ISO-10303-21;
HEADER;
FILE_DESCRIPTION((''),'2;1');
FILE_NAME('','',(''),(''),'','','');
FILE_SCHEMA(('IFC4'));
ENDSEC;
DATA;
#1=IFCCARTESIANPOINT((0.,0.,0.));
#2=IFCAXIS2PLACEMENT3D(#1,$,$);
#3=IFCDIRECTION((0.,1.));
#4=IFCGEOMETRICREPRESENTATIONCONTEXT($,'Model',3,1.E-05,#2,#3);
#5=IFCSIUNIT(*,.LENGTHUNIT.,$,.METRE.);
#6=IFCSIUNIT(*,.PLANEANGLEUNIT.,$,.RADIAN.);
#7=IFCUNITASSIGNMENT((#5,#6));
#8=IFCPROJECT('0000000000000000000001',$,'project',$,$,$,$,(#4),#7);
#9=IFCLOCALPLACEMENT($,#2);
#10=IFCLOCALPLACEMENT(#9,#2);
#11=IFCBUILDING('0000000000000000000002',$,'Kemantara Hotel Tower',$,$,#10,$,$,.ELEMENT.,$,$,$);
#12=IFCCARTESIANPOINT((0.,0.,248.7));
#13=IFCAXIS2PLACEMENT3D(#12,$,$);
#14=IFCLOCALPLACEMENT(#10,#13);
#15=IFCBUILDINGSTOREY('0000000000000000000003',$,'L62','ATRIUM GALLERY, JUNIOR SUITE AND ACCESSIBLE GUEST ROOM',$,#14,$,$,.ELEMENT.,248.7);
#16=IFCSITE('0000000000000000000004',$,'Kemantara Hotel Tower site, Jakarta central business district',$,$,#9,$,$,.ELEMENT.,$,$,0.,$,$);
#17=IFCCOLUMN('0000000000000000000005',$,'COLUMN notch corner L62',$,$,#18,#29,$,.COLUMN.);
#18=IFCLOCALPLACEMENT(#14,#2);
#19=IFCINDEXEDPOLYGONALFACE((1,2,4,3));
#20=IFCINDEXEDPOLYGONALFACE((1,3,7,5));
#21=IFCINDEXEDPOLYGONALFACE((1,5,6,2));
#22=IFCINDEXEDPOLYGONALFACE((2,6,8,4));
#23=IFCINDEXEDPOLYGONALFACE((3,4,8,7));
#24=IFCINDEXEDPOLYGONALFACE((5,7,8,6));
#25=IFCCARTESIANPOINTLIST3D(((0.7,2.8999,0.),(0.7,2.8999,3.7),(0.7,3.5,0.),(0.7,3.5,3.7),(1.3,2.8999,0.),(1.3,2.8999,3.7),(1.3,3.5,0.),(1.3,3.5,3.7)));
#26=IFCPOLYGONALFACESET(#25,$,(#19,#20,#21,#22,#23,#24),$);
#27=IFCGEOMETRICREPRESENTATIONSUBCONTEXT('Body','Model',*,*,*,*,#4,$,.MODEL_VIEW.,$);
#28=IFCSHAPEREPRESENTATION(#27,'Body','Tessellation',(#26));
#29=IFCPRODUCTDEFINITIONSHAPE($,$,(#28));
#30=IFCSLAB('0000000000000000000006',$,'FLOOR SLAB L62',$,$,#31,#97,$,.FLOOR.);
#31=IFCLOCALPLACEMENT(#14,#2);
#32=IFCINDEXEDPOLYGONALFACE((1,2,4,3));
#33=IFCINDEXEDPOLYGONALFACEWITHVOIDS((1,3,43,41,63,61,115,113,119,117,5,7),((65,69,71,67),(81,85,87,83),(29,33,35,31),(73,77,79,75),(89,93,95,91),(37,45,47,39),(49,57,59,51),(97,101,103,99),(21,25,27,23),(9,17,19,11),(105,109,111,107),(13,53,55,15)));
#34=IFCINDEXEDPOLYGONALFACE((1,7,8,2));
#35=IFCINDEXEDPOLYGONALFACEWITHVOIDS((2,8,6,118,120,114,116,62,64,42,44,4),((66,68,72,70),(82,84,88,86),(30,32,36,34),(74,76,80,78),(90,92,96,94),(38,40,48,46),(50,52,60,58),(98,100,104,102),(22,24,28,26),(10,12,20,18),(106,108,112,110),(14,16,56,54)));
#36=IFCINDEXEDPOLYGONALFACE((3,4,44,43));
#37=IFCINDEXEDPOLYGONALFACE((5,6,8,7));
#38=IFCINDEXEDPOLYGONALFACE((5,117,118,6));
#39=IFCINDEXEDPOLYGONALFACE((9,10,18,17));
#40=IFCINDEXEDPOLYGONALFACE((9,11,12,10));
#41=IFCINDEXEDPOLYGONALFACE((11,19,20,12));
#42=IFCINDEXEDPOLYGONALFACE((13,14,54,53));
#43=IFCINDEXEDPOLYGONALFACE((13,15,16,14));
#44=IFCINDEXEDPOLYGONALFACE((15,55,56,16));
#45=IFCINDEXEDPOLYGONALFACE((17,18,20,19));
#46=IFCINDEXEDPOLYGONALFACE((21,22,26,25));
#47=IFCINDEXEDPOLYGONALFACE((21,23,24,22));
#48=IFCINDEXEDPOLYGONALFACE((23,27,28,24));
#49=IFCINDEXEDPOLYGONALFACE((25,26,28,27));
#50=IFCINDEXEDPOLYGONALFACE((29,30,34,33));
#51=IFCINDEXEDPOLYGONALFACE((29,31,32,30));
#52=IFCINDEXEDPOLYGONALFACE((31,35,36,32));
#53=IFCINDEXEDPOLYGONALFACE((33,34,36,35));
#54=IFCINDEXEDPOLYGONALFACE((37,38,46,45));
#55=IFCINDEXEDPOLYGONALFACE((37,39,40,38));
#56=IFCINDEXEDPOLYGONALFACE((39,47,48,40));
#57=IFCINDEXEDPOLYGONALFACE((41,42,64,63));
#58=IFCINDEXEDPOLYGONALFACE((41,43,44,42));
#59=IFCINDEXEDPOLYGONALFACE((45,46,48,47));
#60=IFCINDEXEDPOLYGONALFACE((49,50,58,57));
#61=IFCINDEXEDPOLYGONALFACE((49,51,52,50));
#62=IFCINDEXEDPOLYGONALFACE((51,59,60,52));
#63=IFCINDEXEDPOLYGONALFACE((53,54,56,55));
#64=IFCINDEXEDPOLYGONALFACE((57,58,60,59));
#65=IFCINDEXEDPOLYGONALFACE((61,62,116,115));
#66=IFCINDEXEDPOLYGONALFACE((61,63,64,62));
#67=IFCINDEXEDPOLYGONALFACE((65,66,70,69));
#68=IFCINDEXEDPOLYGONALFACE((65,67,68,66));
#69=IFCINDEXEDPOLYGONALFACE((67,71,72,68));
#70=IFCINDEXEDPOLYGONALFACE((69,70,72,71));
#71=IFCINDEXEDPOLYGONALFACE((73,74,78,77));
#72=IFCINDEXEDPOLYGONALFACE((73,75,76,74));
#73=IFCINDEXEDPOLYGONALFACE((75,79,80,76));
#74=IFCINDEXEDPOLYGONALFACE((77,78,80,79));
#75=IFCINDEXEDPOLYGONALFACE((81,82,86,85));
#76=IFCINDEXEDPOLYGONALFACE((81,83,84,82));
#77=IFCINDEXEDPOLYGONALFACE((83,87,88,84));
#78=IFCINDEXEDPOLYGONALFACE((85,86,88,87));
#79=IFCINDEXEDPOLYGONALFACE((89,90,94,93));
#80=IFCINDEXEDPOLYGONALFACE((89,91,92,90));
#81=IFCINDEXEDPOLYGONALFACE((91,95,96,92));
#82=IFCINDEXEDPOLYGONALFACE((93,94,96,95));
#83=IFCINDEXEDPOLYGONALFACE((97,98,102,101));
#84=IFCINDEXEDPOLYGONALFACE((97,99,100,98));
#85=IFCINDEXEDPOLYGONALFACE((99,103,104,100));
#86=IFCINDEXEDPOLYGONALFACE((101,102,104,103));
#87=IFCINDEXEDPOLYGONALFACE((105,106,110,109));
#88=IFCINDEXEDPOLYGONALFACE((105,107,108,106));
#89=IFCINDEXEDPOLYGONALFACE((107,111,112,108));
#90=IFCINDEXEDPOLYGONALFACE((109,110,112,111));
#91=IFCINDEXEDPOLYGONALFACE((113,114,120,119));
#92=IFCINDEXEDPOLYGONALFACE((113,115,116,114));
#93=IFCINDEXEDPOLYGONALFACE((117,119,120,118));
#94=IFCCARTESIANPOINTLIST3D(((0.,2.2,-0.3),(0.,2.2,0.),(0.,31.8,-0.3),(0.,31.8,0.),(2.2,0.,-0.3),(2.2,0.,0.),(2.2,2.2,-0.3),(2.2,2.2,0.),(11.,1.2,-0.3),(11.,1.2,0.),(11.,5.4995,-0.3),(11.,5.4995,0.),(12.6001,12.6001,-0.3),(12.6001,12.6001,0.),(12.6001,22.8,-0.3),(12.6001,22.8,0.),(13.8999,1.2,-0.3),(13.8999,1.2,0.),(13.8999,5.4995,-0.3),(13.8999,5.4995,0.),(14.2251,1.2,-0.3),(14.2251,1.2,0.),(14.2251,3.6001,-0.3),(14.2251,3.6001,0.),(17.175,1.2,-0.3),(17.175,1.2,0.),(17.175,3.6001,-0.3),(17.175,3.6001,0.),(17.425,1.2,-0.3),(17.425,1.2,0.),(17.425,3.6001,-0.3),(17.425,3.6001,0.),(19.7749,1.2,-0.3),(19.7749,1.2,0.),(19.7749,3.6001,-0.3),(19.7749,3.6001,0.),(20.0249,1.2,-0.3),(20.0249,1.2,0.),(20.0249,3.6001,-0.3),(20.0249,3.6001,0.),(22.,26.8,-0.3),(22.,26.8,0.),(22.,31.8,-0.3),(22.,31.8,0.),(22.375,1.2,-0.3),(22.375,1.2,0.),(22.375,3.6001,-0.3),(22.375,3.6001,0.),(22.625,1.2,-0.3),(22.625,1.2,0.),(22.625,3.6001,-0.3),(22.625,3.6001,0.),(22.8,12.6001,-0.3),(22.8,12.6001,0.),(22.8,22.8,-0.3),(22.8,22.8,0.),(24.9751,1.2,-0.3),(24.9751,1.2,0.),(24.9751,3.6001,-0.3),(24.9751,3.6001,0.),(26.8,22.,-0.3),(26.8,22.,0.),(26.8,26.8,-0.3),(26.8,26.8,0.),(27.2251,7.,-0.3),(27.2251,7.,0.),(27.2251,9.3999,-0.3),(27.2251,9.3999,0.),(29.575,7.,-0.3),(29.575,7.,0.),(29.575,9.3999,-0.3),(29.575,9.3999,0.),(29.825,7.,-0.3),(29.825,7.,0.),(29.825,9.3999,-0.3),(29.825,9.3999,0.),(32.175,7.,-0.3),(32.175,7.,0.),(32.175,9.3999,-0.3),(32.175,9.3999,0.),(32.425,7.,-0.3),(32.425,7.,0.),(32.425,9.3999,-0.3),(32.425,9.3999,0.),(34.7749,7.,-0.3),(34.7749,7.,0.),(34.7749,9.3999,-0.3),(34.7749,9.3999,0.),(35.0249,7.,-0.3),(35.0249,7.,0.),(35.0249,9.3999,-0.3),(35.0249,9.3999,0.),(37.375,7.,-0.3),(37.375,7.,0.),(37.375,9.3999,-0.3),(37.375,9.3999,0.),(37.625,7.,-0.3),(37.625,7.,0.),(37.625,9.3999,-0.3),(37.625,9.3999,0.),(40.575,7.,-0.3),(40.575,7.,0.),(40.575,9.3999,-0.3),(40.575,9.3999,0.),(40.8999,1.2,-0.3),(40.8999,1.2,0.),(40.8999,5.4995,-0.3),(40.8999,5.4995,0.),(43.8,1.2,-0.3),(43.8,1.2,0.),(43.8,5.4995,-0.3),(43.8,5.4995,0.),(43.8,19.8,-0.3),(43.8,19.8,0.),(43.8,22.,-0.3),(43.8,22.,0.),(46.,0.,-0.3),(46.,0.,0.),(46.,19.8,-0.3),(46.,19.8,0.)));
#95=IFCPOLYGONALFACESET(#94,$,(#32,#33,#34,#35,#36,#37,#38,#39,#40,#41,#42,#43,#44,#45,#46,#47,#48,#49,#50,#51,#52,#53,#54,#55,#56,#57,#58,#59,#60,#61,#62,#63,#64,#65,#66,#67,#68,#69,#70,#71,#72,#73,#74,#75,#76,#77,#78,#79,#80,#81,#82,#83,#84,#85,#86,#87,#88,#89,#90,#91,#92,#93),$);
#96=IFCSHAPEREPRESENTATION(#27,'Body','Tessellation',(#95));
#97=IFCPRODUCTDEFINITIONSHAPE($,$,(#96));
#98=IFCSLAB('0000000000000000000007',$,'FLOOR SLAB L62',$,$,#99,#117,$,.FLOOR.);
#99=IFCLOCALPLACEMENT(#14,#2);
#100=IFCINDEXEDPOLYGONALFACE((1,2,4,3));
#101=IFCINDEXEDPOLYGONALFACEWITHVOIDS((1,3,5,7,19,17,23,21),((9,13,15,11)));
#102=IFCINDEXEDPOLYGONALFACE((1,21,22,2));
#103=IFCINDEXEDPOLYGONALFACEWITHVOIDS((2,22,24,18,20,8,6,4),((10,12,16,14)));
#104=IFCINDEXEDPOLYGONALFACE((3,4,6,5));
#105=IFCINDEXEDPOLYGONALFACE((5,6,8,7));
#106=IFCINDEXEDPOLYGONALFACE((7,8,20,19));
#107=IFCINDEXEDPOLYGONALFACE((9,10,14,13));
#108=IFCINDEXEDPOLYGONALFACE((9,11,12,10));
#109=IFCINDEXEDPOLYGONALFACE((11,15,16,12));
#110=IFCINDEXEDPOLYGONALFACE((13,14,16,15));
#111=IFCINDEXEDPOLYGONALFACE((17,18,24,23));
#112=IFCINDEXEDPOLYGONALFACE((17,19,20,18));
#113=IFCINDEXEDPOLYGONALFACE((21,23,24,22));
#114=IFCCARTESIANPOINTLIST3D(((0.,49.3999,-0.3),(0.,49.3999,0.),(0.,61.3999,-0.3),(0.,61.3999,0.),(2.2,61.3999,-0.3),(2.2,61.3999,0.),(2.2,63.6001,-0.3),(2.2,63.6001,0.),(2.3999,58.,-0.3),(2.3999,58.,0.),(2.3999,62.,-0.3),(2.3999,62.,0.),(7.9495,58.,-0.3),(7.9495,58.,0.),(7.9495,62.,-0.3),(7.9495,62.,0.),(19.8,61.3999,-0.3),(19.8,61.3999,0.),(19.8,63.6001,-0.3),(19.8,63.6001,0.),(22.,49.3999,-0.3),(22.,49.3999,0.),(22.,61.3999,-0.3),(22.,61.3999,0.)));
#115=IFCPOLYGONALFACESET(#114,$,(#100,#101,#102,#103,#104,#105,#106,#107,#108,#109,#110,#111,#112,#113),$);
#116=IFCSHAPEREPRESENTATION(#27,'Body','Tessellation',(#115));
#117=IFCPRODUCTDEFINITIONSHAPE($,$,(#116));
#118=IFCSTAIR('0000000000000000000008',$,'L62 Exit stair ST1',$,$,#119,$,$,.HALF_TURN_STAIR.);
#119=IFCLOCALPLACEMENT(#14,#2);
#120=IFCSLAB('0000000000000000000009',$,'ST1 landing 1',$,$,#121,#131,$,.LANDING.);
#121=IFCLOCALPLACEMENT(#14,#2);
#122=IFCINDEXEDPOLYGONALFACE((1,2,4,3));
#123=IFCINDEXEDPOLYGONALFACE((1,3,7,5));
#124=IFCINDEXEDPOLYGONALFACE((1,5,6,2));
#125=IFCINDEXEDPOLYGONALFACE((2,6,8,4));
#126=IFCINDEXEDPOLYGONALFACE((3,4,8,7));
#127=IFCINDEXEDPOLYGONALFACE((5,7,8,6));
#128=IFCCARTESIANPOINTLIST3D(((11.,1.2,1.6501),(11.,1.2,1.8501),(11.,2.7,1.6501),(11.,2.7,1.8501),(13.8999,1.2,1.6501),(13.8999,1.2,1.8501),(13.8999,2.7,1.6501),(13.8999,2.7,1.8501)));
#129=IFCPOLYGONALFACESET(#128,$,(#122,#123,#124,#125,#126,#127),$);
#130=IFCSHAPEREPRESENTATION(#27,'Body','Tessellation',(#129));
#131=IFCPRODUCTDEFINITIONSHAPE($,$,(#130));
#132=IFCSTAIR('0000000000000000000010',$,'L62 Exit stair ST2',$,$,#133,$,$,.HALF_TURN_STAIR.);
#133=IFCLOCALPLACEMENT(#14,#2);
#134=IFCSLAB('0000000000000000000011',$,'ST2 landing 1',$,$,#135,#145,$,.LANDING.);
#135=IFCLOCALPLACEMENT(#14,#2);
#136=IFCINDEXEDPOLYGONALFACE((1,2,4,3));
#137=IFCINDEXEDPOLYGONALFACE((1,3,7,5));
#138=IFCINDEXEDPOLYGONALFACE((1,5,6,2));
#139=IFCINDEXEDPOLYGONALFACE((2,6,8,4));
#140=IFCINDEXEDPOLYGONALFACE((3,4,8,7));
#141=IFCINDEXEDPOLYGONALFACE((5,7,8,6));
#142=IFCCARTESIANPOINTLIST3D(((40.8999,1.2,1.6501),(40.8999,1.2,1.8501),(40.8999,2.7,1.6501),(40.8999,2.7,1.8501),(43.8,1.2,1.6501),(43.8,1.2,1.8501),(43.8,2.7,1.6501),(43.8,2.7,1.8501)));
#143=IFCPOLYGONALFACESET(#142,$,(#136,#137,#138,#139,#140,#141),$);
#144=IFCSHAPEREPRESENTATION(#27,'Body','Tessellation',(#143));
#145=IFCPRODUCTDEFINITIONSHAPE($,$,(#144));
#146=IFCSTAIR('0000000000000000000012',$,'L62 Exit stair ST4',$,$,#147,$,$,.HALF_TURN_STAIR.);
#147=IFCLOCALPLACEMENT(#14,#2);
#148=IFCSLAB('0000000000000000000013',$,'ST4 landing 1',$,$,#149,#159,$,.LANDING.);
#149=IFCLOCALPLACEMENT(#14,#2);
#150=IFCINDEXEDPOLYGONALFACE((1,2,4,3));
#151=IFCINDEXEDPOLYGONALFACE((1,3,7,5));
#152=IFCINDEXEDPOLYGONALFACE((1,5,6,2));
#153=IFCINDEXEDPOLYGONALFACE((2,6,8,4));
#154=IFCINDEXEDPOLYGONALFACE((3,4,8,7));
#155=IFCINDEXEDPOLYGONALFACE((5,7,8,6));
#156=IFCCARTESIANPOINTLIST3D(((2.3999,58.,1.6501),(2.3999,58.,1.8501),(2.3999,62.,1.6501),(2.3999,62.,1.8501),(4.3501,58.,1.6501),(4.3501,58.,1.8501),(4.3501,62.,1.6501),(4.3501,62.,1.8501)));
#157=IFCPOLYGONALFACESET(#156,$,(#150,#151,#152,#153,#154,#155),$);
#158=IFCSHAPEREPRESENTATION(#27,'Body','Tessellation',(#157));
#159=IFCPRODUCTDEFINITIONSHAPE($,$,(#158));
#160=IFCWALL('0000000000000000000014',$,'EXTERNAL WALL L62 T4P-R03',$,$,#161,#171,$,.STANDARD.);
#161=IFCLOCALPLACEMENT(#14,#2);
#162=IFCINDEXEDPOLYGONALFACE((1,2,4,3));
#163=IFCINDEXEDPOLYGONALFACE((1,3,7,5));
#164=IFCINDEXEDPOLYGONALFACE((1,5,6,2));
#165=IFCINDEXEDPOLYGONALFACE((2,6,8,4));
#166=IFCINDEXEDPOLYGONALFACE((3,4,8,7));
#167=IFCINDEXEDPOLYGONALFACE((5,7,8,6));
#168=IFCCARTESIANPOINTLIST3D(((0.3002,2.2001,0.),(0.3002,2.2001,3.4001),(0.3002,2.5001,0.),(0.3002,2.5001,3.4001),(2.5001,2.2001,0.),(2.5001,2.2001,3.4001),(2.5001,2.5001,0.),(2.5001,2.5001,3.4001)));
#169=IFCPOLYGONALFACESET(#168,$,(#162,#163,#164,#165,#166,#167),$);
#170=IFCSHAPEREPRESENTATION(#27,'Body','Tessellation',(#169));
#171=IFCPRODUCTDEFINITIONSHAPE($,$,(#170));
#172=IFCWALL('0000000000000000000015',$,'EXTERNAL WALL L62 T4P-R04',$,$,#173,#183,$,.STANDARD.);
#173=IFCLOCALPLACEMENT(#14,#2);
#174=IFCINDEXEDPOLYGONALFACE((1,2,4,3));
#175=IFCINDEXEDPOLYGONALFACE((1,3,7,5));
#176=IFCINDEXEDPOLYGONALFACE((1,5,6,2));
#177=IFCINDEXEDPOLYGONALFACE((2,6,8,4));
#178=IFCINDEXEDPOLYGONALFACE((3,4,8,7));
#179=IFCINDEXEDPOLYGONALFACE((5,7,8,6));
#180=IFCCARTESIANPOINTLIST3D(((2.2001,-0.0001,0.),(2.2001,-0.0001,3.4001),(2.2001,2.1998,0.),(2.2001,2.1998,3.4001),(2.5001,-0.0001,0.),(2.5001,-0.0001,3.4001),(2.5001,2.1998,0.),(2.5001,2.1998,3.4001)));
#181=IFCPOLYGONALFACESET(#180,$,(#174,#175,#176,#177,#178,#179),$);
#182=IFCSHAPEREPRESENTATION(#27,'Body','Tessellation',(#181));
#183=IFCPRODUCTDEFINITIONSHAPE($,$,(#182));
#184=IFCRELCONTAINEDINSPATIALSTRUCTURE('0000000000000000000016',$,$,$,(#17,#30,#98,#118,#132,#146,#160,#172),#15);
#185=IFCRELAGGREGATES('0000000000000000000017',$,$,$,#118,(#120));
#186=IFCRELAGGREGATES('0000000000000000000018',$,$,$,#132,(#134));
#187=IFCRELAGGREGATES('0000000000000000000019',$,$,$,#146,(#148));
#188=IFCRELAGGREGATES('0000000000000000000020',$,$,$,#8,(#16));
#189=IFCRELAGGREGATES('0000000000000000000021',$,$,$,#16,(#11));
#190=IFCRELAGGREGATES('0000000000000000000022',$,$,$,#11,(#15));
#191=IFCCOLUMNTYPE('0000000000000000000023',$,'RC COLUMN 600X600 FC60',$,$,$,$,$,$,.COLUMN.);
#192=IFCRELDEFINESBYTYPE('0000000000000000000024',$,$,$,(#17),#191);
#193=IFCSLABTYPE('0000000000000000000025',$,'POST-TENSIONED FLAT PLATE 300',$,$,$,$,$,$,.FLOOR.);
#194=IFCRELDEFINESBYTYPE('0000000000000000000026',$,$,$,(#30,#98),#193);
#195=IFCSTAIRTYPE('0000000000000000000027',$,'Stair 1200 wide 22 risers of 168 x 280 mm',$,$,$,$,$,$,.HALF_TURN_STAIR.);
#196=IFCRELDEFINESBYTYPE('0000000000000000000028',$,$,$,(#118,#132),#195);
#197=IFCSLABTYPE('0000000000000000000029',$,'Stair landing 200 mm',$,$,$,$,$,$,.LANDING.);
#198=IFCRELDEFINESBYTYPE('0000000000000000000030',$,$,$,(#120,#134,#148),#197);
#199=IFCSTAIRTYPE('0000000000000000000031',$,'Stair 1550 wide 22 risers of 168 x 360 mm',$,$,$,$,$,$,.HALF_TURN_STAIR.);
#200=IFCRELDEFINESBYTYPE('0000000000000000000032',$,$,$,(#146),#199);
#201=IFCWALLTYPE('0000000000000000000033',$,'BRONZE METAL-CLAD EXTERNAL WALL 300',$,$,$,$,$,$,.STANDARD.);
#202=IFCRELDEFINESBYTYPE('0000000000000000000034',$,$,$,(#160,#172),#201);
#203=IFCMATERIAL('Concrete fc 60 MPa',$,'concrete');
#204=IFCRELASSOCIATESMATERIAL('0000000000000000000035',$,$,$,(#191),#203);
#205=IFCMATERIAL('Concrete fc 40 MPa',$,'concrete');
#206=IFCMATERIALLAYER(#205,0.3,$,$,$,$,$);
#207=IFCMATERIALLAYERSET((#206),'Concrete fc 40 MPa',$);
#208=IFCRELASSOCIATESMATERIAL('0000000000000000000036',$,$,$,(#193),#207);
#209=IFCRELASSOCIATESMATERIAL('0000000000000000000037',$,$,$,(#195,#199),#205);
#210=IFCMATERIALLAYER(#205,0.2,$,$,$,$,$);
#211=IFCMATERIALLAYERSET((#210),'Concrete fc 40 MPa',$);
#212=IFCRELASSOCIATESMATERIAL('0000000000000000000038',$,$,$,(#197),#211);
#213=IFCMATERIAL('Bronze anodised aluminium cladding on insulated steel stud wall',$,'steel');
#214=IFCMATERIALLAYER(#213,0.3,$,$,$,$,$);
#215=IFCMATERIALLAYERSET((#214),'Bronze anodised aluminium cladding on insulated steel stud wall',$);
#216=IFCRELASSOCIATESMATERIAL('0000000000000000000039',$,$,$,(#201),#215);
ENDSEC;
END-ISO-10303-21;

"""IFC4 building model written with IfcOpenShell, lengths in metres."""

from ifc_helpers import new_model, si_unit, direction, frame, frame_2d, origin, origin_2d, place, context, subcontext, project, spatial, polyline, rectangle, outline, extrude, material, layer, layer_set, material_profile, profile_set, type_object, element, aggregate, save


model = new_model("IFC4")

# Units and contexts
model_context = context("Model", 3, precision=1e-05, world=origin(), true_north=direction((0.0, 1.0)))
body_context = subcontext(model_context, "Body", "Model", "MODEL_VIEW")
ifc_project = project(units=[si_unit("LENGTHUNIT", "METRE"), si_unit("PLANEANGLEUNIT", "RADIAN")], contexts=[model_context])

# Site, building, storey
site_placement = place(None, origin())
site = spatial("IfcSite", under=ifc_project, at=site_placement, Name="Kemantara Hotel Tower site, Jakarta central business district", CompositionType="ELEMENT", RefElevation=0.0)
building_placement = place(site_placement, origin())
building = spatial("IfcBuilding", under=site, at=building_placement, Name="Kemantara Hotel Tower", CompositionType="ELEMENT")
storey_placement = place(building_placement, frame((0.0, 0.0, 248.7)))
storey = spatial("IfcBuildingStorey", under=building, at=storey_placement, Name="L62", Description="ATRIUM GALLERY, JUNIOR SUITE AND ACCESSIBLE GUEST ROOM", CompositionType="ELEMENT", Elevation=248.7)

# Column
ifc_material_1 = material(Name="Concrete fc 60 MPa", Category="concrete")
ifc_material_profile = material_profile(ifc_material_1, rectangle(XDim=0.6001, YDim=0.6001, at=origin_2d()), Name="RC 600X600")
ifc_profile_set = profile_set([ifc_material_profile], Name="Concrete fc 60 MPa")
column_type = type_object("IfcColumnType", Name="RC COLUMN 600X600 FC60", PredefinedType="COLUMN", material=ifc_profile_set)
column_placement = place(storey_placement, frame((1.0, 3.2, 0.0), z_axis=(0.0, 0.0, 1.0), x_axis=(1.0, 0.0, 0.0)))
element("IfcColumn", 1, at=column_placement, inside=storey, type_object=column_type, Name="COLUMN notch corner L62", PredefinedType="COLUMN", context=body_context, shape_type="SweptSolid", body=[
    extrude(rectangle(XDim=0.6001, YDim=0.6001, at=origin_2d()), origin(), (0.0, 0.0, 1.0), 3.7),
])

# Slabs
ifc_material_2 = material(Name="Concrete fc 40 MPa", Category="concrete")
ifc_layer_1 = layer(ifc_material_2, 0.3)
ifc_layer_set_1 = layer_set([ifc_layer_1], Name="Concrete fc 40 MPa")
slab_type_1 = type_object("IfcSlabType", Name="POST-TENSIONED FLAT PLATE 300", PredefinedType="FLOOR", material=ifc_layer_set_1)
slab_1_placement = place(storey_placement, frame((0.0, 0.0, -0.3)))
element("IfcSlab", 2, at=slab_1_placement, inside=storey, type_object=slab_type_1, Name="FLOOR SLAB L62", PredefinedType="FLOOR", context=body_context, shape_type="SweptSolid", body=[
    extrude(outline(polyline([(26.8, 22.0), (26.8, 26.8), (22.0, 26.8), (22.0, 31.8), (0.0, 31.8), (0.0, 2.2), (2.2, 2.2), (2.2, 0.0), (46.0, 0.0), (46.0, 19.8), (43.8, 19.8), (43.8, 22.0), (26.8, 22.0)]), holes=[polyline([(17.175, 3.6001), (17.175, 1.2), (14.2251, 1.2), (14.2251, 3.6001), (17.175, 3.6001)]), polyline([(19.7749, 1.2), (17.425, 1.2), (17.425, 3.6001), (19.7749, 3.6001), (19.7749, 1.2)]), polyline([(22.375, 1.2), (20.0249, 1.2), (20.0249, 3.6001), (22.375, 3.6001), (22.375, 1.2)]), polyline([(24.9751, 3.6001), (24.9751, 1.2), (22.625, 1.2), (22.625, 3.6001), (24.9751, 3.6001)]), polyline([(11.0, 1.2), (11.0, 5.4995), (13.8999, 5.4995), (13.8999, 1.2), (11.0, 1.2)]), polyline([(22.8, 12.6001), (12.6001, 12.6001), (12.6001, 22.8), (22.8, 22.8), (22.8, 12.6001)]), polyline([(40.8999, 1.2), (40.8999, 5.4995), (43.8, 5.4995), (43.8, 1.2), (40.8999, 1.2)]), polyline([(29.575, 7.0), (27.2251, 7.0), (27.2251, 9.3999), (29.575, 9.3999), (29.575, 7.0)]), polyline([(32.175, 7.0), (29.825, 7.0), (29.825, 9.3999), (32.175, 9.3999), (32.175, 7.0)]), polyline([(34.7749, 7.0), (32.425, 7.0), (32.425, 9.3999), (34.7749, 9.3999), (34.7749, 7.0)]), polyline([(37.375, 7.0), (35.0249, 7.0), (35.0249, 9.3999), (37.375, 9.3999), (37.375, 7.0)]), polyline([(40.575, 7.0), (37.625, 7.0), (37.625, 9.3999), (40.575, 9.3999), (40.575, 7.0)])]), origin(), (0.0, 0.0, 1.0), 0.3),
])
slab_2_placement = place(storey_placement, frame((0.0, 0.0, -0.3)))
element("IfcSlab", 3, at=slab_2_placement, inside=storey, type_object=slab_type_1, Name="FLOOR SLAB L62", PredefinedType="FLOOR", context=body_context, shape_type="SweptSolid", body=[
    extrude(outline(polyline([(2.2, 61.3999), (0.0, 61.3999), (0.0, 49.3999), (22.0, 49.3999), (22.0, 61.3999), (19.8, 61.3999), (19.8, 63.6001), (2.2, 63.6001), (2.2, 61.3999)]), holes=[polyline([(2.3999, 58.0), (2.3999, 62.0), (7.9495, 62.0), (7.9495, 58.0), (2.3999, 58.0)])]), origin(), (0.0, 0.0, 1.0), 0.3),
])

# Stairs, slabs
stair_type_1 = type_object("IfcStairType", Name="Stair 1200 wide 22 risers of 168 x 280 mm", PredefinedType="HALF_TURN_STAIR", material=ifc_material_2)
stair_1_placement = place(storey_placement, origin())
stair_1 = element("IfcStair", 4, at=stair_1_placement, inside=storey, type_object=stair_type_1, Name="L62 Exit stair ST1", PredefinedType="HALF_TURN_STAIR")
ifc_layer_2 = layer(ifc_material_2, 0.2)
ifc_layer_set_2 = layer_set([ifc_layer_2], Name="Concrete fc 40 MPa")
slab_type_2 = type_object("IfcSlabType", Name="Stair landing 200 mm", PredefinedType="LANDING", material=ifc_layer_set_2)
slab_3_placement = place(storey_placement, frame((0.0, 0.0, 1.6501)))
slab_3 = element("IfcSlab", 5, at=slab_3_placement, type_object=slab_type_2, Name="ST1 landing 1", PredefinedType="LANDING", context=body_context, shape_type="SweptSolid", body=[
    extrude(outline(polyline([(11.0, 2.7), (11.0, 1.2), (13.8999, 1.2), (13.8999, 2.7), (11.0, 2.7)])), origin(), (0.0, 0.0, 1.0), 0.2),
])
aggregate(stair_1, [slab_3])
stair_2_placement = place(storey_placement, origin())
stair_2 = element("IfcStair", 6, at=stair_2_placement, inside=storey, type_object=stair_type_1, Name="L62 Exit stair ST2", PredefinedType="HALF_TURN_STAIR")
slab_4_placement = place(storey_placement, frame((0.0, 0.0, 1.6501)))
slab_4 = element("IfcSlab", 7, at=slab_4_placement, type_object=slab_type_2, Name="ST2 landing 1", PredefinedType="LANDING", context=body_context, shape_type="SweptSolid", body=[
    extrude(outline(polyline([(40.8999, 2.7), (40.8999, 1.2), (43.8, 1.2), (43.8, 2.7), (40.8999, 2.7)])), origin(), (0.0, 0.0, 1.0), 0.2),
])
aggregate(stair_2, [slab_4])
stair_type_2 = type_object("IfcStairType", Name="Stair 1550 wide 22 risers of 168 x 360 mm", PredefinedType="HALF_TURN_STAIR", material=ifc_material_2)
stair_3_placement = place(storey_placement, origin())
stair_3 = element("IfcStair", 8, at=stair_3_placement, inside=storey, type_object=stair_type_2, Name="L62 Exit stair ST4", PredefinedType="HALF_TURN_STAIR")
slab_5_placement = place(storey_placement, frame((0.0, 0.0, 1.6501)))
slab_5 = element("IfcSlab", 9, at=slab_5_placement, type_object=slab_type_2, Name="ST4 landing 1", PredefinedType="LANDING", context=body_context, shape_type="SweptSolid", body=[
    extrude(outline(polyline([(4.3501, 62.0), (2.3999, 62.0), (2.3999, 58.0), (4.3501, 58.0), (4.3501, 62.0)])), origin(), (0.0, 0.0, 1.0), 0.2),
])
aggregate(stair_3, [slab_5])

# Walls
ifc_material_3 = material(Name="Bronze anodised aluminium cladding on insulated steel stud wall", Category="steel")
ifc_layer_3 = layer(ifc_material_3, 0.3)
ifc_layer_set_3 = layer_set([ifc_layer_3], Name="Bronze anodised aluminium cladding on insulated steel stud wall")
wall_type_1 = type_object("IfcWallType", Name="BRONZE METAL-CLAD EXTERNAL WALL 300", PredefinedType="STANDARD", material=ifc_layer_set_3)
for number, where, z_axis, x_axis, name in (
    (10, (0.3, 2.3501, 0.0), (0.0, 0.0, 1.0), (1.0, 0.0, 0.0), "EXTERNAL WALL L62 T4P-R03"),
    (11, (2.3501, 2.2, 0.0), (0.0, 0.0, 1.0), (0.0, -1.0, 0.0), "EXTERNAL WALL L62 T4P-R04"),
):
    element("IfcWall", number, at=place(storey_placement, frame(where, z_axis=z_axis, x_axis=x_axis)), inside=storey, type_object=wall_type_1, Name=name, PredefinedType="STANDARD", context=body_context, shape_type="SweptSolid", body=[
        extrude(rectangle(XDim=2.2, YDim=0.3, at=frame_2d((1.1001, 0.0))), origin(), (0.0, 0.0, 1.0), 3.4001),
    ])

save(model, "model.ifc")
